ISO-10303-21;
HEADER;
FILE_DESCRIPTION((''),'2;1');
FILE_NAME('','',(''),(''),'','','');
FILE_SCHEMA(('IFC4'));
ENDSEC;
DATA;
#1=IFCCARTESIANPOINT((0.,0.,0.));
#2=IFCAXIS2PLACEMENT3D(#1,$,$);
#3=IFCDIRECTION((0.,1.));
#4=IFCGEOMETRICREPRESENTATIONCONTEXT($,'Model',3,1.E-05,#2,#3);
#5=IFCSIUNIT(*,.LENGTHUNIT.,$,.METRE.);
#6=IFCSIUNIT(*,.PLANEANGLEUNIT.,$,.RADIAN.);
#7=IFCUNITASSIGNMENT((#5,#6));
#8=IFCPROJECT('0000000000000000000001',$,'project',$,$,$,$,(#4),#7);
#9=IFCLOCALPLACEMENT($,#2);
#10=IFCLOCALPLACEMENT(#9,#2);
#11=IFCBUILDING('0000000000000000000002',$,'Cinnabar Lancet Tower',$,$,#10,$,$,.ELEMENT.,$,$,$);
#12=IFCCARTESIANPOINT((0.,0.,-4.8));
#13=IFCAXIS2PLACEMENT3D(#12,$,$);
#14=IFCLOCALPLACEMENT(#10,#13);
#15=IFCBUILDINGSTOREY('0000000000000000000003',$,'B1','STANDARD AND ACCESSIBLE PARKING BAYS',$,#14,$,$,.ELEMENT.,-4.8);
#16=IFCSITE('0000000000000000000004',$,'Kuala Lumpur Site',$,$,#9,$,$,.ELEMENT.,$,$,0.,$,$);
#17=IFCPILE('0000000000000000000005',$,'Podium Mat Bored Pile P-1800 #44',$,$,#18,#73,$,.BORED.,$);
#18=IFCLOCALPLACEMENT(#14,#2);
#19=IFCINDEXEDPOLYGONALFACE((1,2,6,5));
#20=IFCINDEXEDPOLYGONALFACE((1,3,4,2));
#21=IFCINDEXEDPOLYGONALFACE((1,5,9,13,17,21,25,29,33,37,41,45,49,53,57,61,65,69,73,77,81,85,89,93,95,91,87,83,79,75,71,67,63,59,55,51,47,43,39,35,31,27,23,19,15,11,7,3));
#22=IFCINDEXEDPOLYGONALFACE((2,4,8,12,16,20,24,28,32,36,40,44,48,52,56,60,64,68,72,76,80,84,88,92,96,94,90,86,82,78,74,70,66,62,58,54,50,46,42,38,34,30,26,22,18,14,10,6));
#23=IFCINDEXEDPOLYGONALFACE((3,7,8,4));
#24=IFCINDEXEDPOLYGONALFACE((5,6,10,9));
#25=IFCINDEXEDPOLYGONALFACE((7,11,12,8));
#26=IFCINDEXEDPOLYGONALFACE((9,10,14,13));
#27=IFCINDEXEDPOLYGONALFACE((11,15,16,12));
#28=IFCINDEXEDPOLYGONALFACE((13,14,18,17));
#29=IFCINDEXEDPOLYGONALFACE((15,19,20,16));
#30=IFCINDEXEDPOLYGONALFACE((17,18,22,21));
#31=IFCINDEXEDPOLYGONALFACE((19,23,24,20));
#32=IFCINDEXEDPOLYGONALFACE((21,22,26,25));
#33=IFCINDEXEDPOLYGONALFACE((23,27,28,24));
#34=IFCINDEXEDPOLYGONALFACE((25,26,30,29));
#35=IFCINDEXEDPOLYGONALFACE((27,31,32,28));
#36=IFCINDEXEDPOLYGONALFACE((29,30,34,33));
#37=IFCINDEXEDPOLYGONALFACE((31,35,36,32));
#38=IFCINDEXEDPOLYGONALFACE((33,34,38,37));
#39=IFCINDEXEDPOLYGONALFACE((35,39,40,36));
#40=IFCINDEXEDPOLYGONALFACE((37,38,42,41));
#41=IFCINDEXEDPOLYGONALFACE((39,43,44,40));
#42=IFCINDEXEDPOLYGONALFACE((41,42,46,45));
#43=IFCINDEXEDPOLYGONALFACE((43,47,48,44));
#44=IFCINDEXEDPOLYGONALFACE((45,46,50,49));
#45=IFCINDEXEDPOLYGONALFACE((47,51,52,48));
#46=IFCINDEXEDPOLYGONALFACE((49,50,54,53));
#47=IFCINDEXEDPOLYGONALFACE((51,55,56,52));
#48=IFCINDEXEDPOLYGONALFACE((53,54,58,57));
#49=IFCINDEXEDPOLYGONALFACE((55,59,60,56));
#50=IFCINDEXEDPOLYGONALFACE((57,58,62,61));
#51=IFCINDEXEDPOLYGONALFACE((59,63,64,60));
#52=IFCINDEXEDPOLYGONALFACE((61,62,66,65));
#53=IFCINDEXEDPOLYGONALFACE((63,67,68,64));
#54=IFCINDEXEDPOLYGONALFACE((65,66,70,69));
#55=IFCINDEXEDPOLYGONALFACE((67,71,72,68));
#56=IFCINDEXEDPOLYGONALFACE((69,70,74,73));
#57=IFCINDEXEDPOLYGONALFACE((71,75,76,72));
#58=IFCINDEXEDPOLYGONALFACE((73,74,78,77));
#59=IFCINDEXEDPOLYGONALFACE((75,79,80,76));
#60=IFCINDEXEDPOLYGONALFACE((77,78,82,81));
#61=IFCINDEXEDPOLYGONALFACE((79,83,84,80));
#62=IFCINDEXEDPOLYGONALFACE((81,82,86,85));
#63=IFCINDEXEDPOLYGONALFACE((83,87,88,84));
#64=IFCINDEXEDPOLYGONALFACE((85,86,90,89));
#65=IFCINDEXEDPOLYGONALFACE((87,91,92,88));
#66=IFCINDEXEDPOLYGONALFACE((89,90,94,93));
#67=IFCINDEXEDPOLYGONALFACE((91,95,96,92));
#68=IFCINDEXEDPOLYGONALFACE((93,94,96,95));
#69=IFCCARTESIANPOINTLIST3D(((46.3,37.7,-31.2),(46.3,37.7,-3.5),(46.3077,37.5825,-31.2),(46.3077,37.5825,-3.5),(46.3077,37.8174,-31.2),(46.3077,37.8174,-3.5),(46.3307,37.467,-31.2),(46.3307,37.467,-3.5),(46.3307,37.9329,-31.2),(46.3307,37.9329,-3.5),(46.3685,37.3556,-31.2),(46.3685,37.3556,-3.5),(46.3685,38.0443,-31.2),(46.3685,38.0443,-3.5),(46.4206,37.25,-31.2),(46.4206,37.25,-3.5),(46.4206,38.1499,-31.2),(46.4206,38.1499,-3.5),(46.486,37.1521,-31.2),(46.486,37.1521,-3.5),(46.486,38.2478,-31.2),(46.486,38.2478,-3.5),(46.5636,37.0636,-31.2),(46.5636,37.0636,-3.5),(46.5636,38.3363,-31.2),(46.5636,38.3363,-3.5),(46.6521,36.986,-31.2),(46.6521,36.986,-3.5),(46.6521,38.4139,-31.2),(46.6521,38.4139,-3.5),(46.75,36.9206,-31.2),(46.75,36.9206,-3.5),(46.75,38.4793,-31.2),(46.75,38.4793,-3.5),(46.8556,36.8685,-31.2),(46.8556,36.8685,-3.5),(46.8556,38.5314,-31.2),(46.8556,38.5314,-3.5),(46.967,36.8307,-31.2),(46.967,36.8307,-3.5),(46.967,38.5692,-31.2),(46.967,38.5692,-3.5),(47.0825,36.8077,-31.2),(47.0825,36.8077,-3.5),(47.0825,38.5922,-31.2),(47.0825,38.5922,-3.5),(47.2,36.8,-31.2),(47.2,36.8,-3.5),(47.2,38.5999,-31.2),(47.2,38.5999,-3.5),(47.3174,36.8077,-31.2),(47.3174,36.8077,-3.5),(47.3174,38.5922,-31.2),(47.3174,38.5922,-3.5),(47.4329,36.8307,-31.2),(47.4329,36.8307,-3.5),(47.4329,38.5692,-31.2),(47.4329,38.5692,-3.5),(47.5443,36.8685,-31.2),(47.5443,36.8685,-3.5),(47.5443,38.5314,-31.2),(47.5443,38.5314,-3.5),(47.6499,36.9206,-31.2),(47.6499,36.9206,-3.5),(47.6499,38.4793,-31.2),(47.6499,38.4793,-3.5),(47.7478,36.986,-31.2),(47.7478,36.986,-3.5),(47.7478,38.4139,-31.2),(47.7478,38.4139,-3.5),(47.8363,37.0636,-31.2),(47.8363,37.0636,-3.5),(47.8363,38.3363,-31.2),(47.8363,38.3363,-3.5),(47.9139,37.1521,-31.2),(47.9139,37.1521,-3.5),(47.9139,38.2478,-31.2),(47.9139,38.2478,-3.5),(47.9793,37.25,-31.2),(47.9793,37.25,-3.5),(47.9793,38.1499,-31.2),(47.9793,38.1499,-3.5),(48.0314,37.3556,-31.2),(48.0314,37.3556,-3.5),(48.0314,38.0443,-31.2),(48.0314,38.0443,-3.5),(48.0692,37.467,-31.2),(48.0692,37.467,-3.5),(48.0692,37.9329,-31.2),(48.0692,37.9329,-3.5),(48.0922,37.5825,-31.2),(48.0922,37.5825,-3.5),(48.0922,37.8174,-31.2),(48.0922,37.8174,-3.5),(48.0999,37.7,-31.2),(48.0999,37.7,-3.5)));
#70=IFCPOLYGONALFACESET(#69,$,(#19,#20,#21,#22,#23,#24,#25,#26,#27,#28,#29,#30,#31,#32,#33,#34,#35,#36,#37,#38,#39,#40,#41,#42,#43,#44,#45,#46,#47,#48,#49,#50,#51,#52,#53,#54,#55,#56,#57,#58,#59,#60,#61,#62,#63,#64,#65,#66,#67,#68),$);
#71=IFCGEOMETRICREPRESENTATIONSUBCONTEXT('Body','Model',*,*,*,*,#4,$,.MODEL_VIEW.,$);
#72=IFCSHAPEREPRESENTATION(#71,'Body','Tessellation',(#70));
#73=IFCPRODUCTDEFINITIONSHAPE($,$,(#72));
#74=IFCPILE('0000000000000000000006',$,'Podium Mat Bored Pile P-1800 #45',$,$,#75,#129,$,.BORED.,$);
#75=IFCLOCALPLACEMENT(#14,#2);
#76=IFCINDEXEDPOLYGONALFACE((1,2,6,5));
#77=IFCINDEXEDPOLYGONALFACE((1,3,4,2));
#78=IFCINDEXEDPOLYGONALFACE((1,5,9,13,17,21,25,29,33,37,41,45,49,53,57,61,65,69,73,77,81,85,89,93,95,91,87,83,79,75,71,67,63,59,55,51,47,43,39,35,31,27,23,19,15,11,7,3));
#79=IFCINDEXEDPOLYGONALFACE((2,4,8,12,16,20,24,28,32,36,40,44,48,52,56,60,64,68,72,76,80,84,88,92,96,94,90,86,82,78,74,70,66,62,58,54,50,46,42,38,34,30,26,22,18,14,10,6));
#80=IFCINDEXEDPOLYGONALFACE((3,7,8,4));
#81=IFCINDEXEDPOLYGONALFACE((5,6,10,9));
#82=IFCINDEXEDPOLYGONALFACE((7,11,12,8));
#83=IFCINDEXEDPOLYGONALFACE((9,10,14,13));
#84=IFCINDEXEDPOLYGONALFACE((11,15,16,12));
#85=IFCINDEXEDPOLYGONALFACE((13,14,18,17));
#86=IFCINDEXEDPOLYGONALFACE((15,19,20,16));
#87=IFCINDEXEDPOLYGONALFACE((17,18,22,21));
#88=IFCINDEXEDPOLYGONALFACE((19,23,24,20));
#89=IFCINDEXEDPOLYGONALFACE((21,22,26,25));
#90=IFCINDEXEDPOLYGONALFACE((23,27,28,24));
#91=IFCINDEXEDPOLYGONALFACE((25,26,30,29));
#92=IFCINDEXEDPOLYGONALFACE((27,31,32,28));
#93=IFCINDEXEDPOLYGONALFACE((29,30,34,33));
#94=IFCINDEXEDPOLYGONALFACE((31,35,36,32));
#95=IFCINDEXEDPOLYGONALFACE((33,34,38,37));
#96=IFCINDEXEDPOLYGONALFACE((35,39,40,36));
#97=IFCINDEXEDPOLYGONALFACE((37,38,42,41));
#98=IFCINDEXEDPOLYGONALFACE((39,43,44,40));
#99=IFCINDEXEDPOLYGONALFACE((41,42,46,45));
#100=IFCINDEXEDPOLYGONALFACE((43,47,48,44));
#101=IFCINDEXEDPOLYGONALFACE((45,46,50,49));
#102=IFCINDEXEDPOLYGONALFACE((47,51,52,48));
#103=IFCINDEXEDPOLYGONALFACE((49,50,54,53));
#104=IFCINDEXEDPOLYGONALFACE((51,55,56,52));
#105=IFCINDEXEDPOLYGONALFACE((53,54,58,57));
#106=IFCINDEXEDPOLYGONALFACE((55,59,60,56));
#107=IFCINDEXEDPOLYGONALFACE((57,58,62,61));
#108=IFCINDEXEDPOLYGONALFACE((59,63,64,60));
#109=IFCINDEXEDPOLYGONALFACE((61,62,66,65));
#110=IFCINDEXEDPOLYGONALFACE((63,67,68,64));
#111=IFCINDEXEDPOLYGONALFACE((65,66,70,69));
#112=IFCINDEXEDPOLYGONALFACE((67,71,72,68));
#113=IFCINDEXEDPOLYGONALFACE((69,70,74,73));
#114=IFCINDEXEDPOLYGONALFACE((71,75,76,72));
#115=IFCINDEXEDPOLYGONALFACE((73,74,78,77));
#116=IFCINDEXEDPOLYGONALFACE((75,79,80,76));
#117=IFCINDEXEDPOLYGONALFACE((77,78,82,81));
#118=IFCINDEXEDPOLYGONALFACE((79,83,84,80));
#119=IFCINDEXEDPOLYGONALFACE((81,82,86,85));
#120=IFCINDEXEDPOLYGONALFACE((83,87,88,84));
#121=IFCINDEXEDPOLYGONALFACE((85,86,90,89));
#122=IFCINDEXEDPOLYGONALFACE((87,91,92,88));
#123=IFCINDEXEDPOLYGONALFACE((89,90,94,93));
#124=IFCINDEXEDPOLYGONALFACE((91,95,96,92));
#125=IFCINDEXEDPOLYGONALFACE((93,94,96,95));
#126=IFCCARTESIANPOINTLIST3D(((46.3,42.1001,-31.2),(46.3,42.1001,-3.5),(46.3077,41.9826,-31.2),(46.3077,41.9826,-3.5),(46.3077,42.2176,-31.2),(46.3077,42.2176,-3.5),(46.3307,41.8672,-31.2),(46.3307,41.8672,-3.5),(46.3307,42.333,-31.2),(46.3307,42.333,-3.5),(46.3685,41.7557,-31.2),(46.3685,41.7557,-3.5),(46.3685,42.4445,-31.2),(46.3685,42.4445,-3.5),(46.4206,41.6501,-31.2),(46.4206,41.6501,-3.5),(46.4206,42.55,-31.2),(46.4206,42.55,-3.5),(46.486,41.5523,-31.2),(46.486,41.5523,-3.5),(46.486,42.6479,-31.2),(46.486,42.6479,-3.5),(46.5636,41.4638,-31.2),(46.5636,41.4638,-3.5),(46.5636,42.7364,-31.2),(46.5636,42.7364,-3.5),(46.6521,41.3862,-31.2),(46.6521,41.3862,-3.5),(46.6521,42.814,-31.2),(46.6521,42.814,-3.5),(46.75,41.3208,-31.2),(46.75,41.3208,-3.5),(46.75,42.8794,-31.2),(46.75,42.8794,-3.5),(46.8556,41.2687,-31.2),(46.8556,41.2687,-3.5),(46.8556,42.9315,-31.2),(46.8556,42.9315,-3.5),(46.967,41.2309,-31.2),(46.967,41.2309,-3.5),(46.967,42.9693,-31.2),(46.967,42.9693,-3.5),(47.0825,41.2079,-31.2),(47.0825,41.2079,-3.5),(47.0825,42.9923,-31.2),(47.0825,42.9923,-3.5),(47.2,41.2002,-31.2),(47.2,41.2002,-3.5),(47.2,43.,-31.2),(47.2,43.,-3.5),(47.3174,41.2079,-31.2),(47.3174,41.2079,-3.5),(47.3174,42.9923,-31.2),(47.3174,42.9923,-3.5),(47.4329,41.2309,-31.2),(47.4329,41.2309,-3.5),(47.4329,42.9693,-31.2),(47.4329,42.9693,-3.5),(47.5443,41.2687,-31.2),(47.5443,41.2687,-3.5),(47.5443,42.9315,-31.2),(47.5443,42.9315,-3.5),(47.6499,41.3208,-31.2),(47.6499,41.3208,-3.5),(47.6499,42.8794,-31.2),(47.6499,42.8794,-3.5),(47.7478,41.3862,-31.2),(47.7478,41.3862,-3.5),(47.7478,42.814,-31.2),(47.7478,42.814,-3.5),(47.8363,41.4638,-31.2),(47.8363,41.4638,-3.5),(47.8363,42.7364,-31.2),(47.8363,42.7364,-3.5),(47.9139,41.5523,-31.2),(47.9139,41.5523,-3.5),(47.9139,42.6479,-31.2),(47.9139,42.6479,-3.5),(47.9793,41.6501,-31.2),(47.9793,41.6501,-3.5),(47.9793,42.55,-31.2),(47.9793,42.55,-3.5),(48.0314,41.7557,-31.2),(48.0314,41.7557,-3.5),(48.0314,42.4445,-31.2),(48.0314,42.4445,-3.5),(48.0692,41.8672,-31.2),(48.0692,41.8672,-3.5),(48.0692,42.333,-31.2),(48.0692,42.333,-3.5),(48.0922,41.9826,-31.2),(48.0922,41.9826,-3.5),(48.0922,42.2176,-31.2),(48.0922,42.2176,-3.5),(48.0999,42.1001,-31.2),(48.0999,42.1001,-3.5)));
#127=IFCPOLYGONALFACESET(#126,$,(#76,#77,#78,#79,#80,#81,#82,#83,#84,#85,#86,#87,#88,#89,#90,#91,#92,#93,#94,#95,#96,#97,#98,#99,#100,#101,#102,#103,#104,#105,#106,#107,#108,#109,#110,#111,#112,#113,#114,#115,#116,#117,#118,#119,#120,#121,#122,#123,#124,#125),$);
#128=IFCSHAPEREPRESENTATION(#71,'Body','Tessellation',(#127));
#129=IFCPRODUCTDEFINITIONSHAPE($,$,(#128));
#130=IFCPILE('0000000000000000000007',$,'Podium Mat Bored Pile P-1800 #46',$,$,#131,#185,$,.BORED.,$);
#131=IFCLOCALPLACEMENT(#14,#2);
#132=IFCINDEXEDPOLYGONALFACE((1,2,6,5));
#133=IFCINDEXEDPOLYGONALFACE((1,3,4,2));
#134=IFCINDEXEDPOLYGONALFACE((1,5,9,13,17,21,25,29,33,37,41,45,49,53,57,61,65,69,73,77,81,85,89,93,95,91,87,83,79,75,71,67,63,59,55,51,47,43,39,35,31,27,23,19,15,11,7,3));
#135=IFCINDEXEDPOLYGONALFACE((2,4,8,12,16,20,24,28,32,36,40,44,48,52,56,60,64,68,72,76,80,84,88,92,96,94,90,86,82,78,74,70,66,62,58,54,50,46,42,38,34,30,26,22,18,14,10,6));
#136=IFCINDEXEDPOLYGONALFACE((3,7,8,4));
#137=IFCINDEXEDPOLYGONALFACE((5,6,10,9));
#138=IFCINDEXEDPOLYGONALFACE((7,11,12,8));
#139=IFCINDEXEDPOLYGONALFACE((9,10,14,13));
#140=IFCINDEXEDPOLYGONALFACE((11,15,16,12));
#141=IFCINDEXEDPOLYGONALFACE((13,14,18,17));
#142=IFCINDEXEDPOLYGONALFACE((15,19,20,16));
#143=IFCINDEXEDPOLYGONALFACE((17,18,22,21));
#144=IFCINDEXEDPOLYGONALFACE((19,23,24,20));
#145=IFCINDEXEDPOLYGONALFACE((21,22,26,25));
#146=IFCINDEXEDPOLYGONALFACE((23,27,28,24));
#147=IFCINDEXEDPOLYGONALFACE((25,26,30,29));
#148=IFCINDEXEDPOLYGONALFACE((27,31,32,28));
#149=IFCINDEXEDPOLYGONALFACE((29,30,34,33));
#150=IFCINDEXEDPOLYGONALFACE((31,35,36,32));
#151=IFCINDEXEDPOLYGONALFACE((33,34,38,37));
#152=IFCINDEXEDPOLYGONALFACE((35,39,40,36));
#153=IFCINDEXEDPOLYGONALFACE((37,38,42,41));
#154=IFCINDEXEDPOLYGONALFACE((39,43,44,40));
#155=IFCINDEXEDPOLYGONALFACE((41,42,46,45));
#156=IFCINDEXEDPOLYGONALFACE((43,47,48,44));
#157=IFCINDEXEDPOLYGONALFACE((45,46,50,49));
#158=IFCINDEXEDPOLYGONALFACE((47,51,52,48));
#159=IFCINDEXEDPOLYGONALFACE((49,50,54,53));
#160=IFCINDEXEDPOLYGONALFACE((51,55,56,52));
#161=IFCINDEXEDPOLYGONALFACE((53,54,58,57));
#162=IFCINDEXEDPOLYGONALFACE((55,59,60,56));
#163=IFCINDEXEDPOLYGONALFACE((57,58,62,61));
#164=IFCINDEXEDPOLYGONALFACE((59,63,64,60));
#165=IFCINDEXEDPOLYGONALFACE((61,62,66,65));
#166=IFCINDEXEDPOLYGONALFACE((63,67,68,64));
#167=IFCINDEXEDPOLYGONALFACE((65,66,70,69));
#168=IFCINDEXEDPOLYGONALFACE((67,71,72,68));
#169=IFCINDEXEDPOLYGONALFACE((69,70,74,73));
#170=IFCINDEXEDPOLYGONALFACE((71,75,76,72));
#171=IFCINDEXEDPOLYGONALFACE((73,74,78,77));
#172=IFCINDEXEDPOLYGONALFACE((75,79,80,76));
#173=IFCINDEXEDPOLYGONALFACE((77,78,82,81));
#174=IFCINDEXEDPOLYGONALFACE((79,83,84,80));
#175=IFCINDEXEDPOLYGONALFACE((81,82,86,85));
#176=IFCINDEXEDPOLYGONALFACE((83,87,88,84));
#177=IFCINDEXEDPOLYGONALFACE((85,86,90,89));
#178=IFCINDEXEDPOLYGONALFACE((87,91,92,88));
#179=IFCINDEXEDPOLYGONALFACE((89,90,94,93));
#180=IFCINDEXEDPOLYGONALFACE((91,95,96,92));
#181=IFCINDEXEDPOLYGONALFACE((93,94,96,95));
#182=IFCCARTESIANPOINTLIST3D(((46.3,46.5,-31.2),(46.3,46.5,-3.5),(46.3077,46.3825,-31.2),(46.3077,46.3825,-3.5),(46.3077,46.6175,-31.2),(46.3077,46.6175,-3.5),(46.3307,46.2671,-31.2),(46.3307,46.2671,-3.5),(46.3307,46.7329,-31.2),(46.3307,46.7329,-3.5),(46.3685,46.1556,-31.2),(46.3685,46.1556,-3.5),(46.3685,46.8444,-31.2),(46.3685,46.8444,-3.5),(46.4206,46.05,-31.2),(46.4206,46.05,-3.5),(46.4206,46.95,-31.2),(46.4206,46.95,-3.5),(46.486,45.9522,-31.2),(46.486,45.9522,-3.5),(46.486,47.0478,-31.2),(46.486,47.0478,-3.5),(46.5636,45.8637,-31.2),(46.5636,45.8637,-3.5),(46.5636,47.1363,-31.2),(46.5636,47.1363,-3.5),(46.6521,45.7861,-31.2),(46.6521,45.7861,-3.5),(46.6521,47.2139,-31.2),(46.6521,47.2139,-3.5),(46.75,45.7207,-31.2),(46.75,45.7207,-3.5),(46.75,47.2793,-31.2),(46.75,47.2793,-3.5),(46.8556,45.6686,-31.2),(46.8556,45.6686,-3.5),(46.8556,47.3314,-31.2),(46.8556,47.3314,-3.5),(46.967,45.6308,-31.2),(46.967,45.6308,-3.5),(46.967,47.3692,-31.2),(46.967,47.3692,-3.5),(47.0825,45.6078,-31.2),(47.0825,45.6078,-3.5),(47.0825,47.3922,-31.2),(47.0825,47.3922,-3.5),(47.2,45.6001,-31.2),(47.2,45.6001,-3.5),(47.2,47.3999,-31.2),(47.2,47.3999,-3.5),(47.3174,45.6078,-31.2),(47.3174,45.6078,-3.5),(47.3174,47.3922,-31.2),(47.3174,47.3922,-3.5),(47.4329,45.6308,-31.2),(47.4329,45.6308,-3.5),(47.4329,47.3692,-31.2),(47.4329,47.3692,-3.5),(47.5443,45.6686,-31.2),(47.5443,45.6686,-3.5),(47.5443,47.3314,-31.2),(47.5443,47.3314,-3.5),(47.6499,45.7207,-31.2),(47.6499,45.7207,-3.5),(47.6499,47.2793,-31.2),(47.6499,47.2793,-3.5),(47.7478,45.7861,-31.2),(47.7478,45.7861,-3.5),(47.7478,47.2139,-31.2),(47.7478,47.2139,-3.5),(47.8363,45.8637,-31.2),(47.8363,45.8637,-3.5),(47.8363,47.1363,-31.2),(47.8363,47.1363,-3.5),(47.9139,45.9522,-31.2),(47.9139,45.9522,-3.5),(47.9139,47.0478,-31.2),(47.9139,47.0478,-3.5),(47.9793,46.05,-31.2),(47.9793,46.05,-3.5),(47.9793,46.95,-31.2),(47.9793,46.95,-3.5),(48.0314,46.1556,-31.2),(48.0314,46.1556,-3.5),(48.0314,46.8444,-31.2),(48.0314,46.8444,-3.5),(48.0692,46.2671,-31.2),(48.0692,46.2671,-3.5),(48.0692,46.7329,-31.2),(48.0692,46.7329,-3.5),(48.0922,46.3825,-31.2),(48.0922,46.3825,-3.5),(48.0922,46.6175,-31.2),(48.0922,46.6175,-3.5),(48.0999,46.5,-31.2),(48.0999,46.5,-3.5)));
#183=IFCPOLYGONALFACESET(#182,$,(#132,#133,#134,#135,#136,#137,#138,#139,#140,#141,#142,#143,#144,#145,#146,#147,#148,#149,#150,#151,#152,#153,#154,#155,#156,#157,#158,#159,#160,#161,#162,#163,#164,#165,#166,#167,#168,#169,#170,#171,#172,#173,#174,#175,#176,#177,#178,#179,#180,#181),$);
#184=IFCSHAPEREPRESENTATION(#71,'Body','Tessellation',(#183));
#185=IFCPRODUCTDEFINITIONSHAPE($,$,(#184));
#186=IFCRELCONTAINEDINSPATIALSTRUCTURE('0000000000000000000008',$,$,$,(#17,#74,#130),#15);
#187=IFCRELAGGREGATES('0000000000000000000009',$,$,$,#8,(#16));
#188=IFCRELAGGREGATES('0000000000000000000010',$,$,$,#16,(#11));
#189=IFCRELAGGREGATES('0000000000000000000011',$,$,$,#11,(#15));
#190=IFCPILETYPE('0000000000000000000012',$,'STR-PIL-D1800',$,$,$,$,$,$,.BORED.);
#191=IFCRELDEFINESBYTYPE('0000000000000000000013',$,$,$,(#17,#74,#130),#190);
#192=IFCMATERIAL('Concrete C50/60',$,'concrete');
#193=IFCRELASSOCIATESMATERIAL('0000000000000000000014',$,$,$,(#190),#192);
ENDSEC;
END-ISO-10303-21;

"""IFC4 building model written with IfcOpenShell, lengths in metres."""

from ifc_helpers import new_model, si_unit, direction, frame, origin, origin_2d, place, context, subcontext, project, spatial, circle, extrude, material, material_profile, profile_set, type_object, element, save


model = new_model("IFC4")

# Units and contexts
model_context = context("Model", 3, precision=1e-05, world=origin(), true_north=direction((0.0, 1.0)))
body_context = subcontext(model_context, "Body", "Model", "MODEL_VIEW")
ifc_project = project(units=[si_unit("LENGTHUNIT", "METRE"), si_unit("PLANEANGLEUNIT", "RADIAN")], contexts=[model_context])

# Site, building, storey
site_placement = place(None, origin())
site = spatial("IfcSite", under=ifc_project, at=site_placement, Name="Kuala Lumpur Site", CompositionType="ELEMENT", RefElevation=0.0)
building_placement = place(site_placement, origin())
building = spatial("IfcBuilding", under=site, at=building_placement, Name="Cinnabar Lancet Tower", CompositionType="ELEMENT")
storey_placement = place(building_placement, frame((0.0, 0.0, -4.8)))
storey = spatial("IfcBuildingStorey", under=building, at=storey_placement, Name="B1", Description="STANDARD AND ACCESSIBLE PARKING BAYS", CompositionType="ELEMENT", Elevation=-4.8)

# Piles
ifc_material_1 = material(Name="Concrete C50/60", Category="concrete")
ifc_material_profile_1 = material_profile(ifc_material_1, circle(Radius=0.8999, at=origin_2d()), Name="PILE D1800")
ifc_profile_set_1 = profile_set([ifc_material_profile_1], Name="Concrete C50/60")
pile_type_1 = type_object("IfcPileType", Name="STR-PIL-D1800", PredefinedType="BORED", material=ifc_profile_set_1)
for number, where, z_axis, x_axis, name in (
    (1, (47.2, 37.7, -3.5), (0.0, 0.0, -1.0), (1.0, 0.0, 0.0), "Podium Mat Bored Pile P-1800 #44"),
    (2, (47.2, 42.1001, -3.5), (0.0, 0.0, -1.0), (1.0, 0.0, 0.0), "Podium Mat Bored Pile P-1800 #45"),
    (3, (47.2, 46.5, -3.5), (0.0, 0.0, -1.0), (1.0, 0.0, 0.0), "Podium Mat Bored Pile P-1800 #46"),
):
    element("IfcPile", number, at=place(storey_placement, frame(where, z_axis=z_axis, x_axis=x_axis)), inside=storey, type_object=pile_type_1, Name=name, PredefinedType="BORED", context=body_context, shape_type="SweptSolid", body=[
        extrude(circle(Radius=0.8999, at=origin_2d()), origin(), (0.0, 0.0, 1.0), 27.7),
    ])

save(model, "model.ifc")
